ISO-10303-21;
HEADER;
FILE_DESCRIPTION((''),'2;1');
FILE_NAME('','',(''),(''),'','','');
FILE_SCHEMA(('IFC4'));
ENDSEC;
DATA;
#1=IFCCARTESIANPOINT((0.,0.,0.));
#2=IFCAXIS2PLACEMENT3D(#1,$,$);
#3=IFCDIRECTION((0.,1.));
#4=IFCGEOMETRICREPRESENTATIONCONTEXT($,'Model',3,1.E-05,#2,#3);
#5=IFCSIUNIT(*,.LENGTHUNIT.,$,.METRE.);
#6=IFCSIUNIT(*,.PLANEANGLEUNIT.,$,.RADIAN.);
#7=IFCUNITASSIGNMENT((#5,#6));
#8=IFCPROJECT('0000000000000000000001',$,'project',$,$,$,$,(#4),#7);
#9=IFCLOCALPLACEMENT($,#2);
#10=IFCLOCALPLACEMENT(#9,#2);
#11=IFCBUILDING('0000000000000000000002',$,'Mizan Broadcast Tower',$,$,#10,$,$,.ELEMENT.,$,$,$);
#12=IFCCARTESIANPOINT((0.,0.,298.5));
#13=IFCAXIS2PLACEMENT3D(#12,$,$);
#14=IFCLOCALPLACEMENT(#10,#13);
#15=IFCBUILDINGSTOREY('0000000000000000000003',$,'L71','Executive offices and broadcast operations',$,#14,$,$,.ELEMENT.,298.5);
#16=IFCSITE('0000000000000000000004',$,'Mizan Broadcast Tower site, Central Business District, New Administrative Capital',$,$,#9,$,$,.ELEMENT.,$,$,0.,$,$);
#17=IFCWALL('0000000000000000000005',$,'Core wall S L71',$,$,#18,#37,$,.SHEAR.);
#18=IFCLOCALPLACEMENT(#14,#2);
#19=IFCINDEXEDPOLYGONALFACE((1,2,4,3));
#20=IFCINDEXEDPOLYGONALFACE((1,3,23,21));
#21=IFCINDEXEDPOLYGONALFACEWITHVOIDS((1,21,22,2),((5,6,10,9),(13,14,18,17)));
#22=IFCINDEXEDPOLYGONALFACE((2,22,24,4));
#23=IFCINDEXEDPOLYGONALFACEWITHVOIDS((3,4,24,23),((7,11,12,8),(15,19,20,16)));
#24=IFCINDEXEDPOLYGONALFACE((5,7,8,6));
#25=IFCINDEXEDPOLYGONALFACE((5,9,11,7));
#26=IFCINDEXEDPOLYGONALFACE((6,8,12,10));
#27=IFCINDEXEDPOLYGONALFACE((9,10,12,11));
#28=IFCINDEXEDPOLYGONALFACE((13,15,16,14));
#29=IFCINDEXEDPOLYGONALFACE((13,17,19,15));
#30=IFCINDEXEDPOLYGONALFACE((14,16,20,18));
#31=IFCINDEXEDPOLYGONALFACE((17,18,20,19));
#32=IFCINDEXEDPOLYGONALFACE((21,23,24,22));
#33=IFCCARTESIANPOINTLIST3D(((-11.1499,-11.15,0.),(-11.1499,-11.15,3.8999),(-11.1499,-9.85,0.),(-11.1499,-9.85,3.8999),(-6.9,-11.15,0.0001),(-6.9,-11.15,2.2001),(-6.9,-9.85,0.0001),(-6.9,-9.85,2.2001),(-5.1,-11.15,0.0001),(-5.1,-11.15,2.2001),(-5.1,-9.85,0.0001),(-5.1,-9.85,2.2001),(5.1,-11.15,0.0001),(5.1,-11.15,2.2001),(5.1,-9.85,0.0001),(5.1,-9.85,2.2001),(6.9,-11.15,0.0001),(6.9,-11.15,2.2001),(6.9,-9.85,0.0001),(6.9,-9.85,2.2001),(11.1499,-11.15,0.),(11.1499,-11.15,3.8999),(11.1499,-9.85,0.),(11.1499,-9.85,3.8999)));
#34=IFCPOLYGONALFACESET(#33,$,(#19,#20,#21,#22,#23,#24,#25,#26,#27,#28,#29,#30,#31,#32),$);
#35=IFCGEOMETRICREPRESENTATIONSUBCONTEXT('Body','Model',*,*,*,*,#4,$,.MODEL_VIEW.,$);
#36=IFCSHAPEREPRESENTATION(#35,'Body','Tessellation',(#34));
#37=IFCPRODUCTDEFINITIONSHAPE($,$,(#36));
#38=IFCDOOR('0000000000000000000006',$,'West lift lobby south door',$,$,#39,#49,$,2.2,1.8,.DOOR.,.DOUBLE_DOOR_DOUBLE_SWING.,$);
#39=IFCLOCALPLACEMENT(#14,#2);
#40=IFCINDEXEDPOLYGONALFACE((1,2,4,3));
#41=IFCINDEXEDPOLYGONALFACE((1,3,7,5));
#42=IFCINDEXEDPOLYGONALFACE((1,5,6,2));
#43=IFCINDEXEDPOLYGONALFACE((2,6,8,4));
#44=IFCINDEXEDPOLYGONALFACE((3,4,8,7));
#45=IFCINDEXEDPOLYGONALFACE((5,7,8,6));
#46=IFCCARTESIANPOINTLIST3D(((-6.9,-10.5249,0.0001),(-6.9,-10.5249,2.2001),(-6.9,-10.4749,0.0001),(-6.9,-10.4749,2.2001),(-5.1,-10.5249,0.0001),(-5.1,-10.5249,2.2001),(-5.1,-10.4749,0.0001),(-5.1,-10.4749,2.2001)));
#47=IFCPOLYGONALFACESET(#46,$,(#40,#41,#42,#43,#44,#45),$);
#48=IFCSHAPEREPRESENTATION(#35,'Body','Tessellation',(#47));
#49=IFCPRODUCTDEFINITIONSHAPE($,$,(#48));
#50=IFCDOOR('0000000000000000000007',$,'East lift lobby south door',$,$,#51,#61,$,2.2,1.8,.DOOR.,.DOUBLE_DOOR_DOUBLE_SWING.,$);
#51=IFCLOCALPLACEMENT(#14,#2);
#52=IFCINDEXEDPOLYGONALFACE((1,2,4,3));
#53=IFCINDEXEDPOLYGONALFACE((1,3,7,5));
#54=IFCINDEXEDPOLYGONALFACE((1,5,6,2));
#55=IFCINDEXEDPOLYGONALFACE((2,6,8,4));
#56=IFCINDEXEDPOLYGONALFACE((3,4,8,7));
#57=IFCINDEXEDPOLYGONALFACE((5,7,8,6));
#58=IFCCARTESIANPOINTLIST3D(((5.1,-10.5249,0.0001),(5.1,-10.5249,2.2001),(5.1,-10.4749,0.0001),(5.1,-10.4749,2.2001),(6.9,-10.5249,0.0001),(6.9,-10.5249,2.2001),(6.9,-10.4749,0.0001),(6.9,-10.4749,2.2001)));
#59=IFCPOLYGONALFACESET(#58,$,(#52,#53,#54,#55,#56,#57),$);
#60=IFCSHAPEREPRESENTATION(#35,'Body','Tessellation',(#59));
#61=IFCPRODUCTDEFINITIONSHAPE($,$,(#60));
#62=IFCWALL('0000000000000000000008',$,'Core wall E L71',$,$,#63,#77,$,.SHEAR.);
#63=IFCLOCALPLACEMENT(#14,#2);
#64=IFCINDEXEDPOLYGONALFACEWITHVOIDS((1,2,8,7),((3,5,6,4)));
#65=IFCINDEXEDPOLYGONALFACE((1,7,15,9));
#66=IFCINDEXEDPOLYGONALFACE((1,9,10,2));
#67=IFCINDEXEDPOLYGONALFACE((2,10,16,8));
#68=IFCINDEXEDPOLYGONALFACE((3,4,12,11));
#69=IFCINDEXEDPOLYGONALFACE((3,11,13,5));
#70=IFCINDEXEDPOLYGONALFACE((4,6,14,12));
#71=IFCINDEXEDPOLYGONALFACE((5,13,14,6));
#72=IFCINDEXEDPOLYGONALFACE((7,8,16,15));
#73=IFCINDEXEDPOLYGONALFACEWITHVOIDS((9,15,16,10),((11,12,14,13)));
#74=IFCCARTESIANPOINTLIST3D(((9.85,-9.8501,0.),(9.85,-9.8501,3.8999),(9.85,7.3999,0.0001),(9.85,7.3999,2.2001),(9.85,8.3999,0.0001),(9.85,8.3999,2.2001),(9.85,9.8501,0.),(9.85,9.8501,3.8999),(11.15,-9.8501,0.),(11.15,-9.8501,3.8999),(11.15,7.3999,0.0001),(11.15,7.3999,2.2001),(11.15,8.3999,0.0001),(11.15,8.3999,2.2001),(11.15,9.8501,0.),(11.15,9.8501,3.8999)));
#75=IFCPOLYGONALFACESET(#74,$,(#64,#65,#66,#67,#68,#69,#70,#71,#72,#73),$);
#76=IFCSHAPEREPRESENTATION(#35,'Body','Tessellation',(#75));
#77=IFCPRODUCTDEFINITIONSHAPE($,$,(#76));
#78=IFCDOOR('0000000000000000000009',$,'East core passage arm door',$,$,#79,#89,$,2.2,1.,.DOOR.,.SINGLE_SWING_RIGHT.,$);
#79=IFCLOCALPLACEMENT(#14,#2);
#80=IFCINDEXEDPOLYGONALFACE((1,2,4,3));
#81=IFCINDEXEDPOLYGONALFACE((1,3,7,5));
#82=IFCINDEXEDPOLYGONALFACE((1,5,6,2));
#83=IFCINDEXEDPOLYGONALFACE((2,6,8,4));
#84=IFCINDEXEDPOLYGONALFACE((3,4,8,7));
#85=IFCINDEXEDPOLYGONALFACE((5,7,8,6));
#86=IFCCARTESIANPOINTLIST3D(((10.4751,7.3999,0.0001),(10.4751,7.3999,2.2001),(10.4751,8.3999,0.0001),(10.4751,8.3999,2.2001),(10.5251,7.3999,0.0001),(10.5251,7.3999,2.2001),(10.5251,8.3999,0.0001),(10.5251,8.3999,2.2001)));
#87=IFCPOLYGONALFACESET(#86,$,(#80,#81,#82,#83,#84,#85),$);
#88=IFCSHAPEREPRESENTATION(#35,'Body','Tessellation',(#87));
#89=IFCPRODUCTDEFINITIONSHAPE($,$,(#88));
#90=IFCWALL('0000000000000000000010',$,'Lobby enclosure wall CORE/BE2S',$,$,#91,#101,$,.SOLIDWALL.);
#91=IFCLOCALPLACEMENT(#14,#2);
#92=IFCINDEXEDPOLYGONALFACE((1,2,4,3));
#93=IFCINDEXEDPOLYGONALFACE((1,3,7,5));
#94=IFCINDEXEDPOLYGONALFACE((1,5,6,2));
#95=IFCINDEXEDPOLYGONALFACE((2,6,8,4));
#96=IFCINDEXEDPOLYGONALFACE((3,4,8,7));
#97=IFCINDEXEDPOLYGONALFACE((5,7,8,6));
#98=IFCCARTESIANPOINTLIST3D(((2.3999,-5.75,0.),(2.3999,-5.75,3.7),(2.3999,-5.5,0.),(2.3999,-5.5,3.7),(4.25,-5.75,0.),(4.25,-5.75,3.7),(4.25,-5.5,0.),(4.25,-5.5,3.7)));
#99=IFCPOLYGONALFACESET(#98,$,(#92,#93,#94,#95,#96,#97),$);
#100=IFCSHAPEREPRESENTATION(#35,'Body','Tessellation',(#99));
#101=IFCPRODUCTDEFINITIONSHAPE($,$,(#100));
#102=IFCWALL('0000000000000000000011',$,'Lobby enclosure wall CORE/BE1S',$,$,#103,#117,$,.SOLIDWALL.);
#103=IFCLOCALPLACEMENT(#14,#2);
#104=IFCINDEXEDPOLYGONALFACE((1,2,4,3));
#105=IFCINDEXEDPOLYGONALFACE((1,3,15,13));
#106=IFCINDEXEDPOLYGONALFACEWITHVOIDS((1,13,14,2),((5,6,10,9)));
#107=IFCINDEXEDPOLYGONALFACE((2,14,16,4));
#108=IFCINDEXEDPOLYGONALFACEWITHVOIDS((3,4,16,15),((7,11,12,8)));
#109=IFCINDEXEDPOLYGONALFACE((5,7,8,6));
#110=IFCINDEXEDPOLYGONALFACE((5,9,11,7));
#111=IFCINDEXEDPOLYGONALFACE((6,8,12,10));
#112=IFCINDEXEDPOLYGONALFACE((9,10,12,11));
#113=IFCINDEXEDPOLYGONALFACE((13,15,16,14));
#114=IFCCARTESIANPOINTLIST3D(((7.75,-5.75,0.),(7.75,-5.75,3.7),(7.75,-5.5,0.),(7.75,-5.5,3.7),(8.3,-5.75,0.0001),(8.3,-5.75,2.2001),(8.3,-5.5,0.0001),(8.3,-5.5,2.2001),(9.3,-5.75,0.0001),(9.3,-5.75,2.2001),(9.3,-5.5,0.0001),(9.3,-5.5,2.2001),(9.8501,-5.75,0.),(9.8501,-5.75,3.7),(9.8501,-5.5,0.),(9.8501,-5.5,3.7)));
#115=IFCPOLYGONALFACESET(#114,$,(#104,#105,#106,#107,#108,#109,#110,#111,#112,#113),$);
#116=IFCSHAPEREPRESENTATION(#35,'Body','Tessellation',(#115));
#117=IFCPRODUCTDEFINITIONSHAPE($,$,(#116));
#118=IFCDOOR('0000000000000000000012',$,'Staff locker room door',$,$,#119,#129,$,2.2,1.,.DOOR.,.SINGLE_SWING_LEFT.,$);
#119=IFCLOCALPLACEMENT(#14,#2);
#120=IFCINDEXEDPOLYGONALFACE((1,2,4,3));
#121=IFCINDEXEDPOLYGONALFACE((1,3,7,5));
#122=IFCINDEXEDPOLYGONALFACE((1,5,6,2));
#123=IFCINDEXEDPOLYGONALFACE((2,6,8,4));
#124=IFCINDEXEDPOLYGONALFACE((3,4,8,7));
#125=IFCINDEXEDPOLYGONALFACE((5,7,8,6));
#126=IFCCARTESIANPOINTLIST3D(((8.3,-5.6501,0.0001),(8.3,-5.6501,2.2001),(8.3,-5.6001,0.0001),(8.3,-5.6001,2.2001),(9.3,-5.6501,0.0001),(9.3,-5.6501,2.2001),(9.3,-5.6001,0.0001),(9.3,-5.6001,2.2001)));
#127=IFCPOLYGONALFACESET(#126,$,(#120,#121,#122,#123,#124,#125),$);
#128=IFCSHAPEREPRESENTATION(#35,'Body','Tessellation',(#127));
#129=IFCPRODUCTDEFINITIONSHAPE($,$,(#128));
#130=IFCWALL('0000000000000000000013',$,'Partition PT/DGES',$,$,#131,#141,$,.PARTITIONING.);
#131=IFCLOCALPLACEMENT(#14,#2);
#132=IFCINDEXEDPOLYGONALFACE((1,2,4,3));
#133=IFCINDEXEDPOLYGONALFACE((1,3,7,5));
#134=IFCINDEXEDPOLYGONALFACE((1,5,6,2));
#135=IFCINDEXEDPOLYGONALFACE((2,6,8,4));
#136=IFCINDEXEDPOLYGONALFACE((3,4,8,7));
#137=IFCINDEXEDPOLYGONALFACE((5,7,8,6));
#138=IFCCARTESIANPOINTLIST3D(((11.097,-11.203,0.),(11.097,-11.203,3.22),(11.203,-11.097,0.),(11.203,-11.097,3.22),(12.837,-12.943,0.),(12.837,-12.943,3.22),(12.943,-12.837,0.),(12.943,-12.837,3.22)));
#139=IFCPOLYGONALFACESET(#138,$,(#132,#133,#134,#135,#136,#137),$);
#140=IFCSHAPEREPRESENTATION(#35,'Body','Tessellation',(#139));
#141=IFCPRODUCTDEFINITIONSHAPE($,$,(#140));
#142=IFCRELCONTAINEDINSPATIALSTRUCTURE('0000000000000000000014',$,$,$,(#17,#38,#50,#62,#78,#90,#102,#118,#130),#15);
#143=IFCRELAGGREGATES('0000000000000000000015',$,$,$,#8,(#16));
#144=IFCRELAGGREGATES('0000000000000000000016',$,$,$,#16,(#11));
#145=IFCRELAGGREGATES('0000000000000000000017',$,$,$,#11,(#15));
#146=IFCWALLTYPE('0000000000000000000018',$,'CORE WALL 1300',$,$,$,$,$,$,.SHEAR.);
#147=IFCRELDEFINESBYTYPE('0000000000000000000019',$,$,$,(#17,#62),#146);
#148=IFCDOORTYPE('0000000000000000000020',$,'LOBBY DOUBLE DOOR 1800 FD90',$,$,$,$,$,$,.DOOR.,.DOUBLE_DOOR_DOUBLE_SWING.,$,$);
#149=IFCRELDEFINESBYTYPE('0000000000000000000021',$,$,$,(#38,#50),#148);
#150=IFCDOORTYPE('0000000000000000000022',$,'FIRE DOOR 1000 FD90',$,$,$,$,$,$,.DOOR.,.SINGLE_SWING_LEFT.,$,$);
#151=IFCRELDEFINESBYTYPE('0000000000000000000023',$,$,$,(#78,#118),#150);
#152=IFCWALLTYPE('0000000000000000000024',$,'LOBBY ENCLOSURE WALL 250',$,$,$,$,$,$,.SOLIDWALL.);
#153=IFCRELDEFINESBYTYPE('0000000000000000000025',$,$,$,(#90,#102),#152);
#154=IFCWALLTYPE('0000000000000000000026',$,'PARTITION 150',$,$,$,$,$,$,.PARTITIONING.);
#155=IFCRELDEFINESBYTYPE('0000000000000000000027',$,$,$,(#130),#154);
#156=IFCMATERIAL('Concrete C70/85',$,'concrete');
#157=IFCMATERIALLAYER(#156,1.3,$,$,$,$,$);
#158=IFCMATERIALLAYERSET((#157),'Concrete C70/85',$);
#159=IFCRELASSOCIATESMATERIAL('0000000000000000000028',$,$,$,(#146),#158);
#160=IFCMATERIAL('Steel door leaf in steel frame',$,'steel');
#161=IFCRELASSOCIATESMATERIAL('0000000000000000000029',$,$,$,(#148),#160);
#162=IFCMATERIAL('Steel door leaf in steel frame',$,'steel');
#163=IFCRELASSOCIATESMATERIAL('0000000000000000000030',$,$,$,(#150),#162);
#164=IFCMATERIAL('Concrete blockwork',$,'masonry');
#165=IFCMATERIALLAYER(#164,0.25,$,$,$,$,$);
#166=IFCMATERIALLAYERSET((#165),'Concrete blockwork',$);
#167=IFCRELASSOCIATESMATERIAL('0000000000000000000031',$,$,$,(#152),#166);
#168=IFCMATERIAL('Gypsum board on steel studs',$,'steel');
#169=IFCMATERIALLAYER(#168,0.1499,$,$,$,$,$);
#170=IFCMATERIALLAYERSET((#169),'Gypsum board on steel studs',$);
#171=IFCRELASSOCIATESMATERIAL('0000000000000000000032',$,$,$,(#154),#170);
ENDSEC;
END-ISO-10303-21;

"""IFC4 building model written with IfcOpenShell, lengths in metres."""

from ifc_helpers import new_model, si_unit, direction, frame, frame_2d, origin, place, context, subcontext, project, spatial, rectangle, extrude, material, layer, layer_set, type_object, element, fill, save


model = new_model("IFC4")

# Units and contexts
model_context = context("Model", 3, precision=1e-05, world=origin(), true_north=direction((0.0, 1.0)))
body_context = subcontext(model_context, "Body", "Model", "MODEL_VIEW")
ifc_project = project(units=[si_unit("LENGTHUNIT", "METRE"), si_unit("PLANEANGLEUNIT", "RADIAN")], contexts=[model_context])

# Site, building, storey
site_placement = place(None, origin())
site = spatial("IfcSite", under=ifc_project, at=site_placement, Name="Mizan Broadcast Tower site, Central Business District, New Administrative Capital", CompositionType="ELEMENT", RefElevation=0.0)
building_placement = place(site_placement, origin())
building = spatial("IfcBuilding", under=site, at=building_placement, Name="Mizan Broadcast Tower", CompositionType="ELEMENT")
storey_placement = place(building_placement, frame((0.0, 0.0, 298.5)))
storey = spatial("IfcBuildingStorey", under=building, at=storey_placement, Name="L71", Description="Executive offices and broadcast operations", CompositionType="ELEMENT", Elevation=298.5)

# Wall, openings, doors
ifc_material_1 = material(Name="Concrete C70/85", Category="concrete")
ifc_layer_1 = layer(ifc_material_1, 1.3)
ifc_layer_set_1 = layer_set([ifc_layer_1], Name="Concrete C70/85")
wall_type_1 = type_object("IfcWallType", Name="CORE WALL 1300", PredefinedType="SHEAR", material=ifc_layer_set_1)
wall_1_placement = place(storey_placement, frame((11.1499, -10.5, 0.0), z_axis=(0.0, 0.0, 1.0), x_axis=(-1.0, 0.0, 0.0)))
wall_1 = element("IfcWall", 1, at=wall_1_placement, inside=storey, type_object=wall_type_1, Name="Core wall S L71", PredefinedType="SHEAR", context=body_context, shape_type="SweptSolid", body=[
    extrude(rectangle(XDim=22.2998, YDim=1.3, at=frame_2d((11.1499, 0.0))), origin(), (0.0, 0.0, 1.0), 3.8999),
])
opening_1_placement = place(wall_1_placement, frame((16.25, 0.0, 0.0)))
opening_1 = element("IfcOpeningElement", 2, at=opening_1_placement, cuts=wall_1, PredefinedType="OPENING", context=body_context, shape_type="SweptSolid", body=[
    extrude(rectangle(XDim=1.8, YDim=2.2, at=frame_2d((0.8999, 1.1001))), frame((0.0, 0.6599, 0.0), z_axis=(0.0, -1.0, 0.0), x_axis=(1.0, 0.0, 0.0)), (0.0, 0.0, 1.0), 1.3201),
])
opening_2_placement = place(wall_1_placement, frame((4.25, 0.0, 0.0)))
opening_2 = element("IfcOpeningElement", 3, at=opening_2_placement, cuts=wall_1, PredefinedType="OPENING", context=body_context, shape_type="SweptSolid", body=[
    extrude(rectangle(XDim=1.8, YDim=2.2, at=frame_2d((0.8999, 1.1001))), frame((0.0, 0.6599, 0.0), z_axis=(0.0, -1.0, 0.0), x_axis=(1.0, 0.0, 0.0)), (0.0, 0.0, 1.0), 1.3201),
])
ifc_material_2 = material(Name="Steel door leaf in steel frame", Category="steel")
door_type_1 = type_object("IfcDoorType", Name="LOBBY DOUBLE DOOR 1800 FD90", OperationType="DOUBLE_DOOR_DOUBLE_SWING", PredefinedType="DOOR", material=ifc_material_2)
door_1_placement = place(opening_1_placement, origin())
door_1 = element("IfcDoor", 4, at=door_1_placement, inside=storey, type_object=door_type_1, Name="West lift lobby south door", OperationType="DOUBLE_DOOR_DOUBLE_SWING", OverallHeight=2.2, OverallWidth=1.8, PredefinedType="DOOR", context=body_context, shape_type="SweptSolid", body=[
    extrude(rectangle(XDim=1.8, YDim=2.2, at=frame_2d((0.8999, 1.1001))), frame((0.0, 0.0249, 0.0), z_axis=(0.0, -1.0, 0.0), x_axis=(1.0, 0.0, 0.0)), (0.0, 0.0, 1.0), 0.05),
])
fill(opening_1, door_1)
door_2_placement = place(opening_2_placement, origin())
door_2 = element("IfcDoor", 5, at=door_2_placement, inside=storey, type_object=door_type_1, Name="East lift lobby south door", OperationType="DOUBLE_DOOR_DOUBLE_SWING", OverallHeight=2.2, OverallWidth=1.8, PredefinedType="DOOR", context=body_context, shape_type="SweptSolid", body=[
    extrude(rectangle(XDim=1.8, YDim=2.2, at=frame_2d((0.8999, 1.1001))), frame((0.0, 0.0249, 0.0), z_axis=(0.0, -1.0, 0.0), x_axis=(1.0, 0.0, 0.0)), (0.0, 0.0, 1.0), 0.05),
])
fill(opening_2, door_2)

# Wall, opening, door
wall_2_placement = place(storey_placement, frame((10.5, -9.8501, 0.0), z_axis=(0.0, 0.0, 1.0), x_axis=(0.0, 1.0, 0.0)))
wall_2 = element("IfcWall", 6, at=wall_2_placement, inside=storey, type_object=wall_type_1, Name="Core wall E L71", PredefinedType="SHEAR", context=body_context, shape_type="SweptSolid", body=[
    extrude(rectangle(XDim=19.7002, YDim=1.3, at=frame_2d((9.8501, 0.0))), origin(), (0.0, 0.0, 1.0), 3.8999),
])
opening_3_placement = place(wall_2_placement, frame((17.25, 0.0, 0.0)))
opening_3 = element("IfcOpeningElement", 7, at=opening_3_placement, cuts=wall_2, PredefinedType="OPENING", context=body_context, shape_type="SweptSolid", body=[
    extrude(rectangle(XDim=1.0, YDim=2.2, at=frame_2d((0.5, 1.1001))), frame((0.0, 0.6599, 0.0), z_axis=(0.0, -1.0, 0.0), x_axis=(1.0, 0.0, 0.0)), (0.0, 0.0, 1.0), 1.3201),
])
ifc_material_3 = material(Name="Steel door leaf in steel frame", Category="steel")
door_type_2 = type_object("IfcDoorType", Name="FIRE DOOR 1000 FD90", OperationType="SINGLE_SWING_LEFT", PredefinedType="DOOR", material=ifc_material_3)
door_3_placement = place(opening_3_placement, origin())
door_3 = element("IfcDoor", 8, at=door_3_placement, inside=storey, type_object=door_type_2, Name="East core passage arm door", OperationType="SINGLE_SWING_RIGHT", OverallHeight=2.2, OverallWidth=1.0, PredefinedType="DOOR", context=body_context, shape_type="SweptSolid", body=[
    extrude(rectangle(XDim=1.0, YDim=2.2, at=frame_2d((0.5, 1.1001))), frame((0.0, 0.0249, 0.0), z_axis=(0.0, -1.0, 0.0), x_axis=(1.0, 0.0, 0.0)), (0.0, 0.0, 1.0), 0.05),
])
fill(opening_3, door_3)

# Wall
ifc_material_4 = material(Name="Concrete blockwork", Category="masonry")
ifc_layer_2 = layer(ifc_material_4, 0.25)
ifc_layer_set_2 = layer_set([ifc_layer_2], Name="Concrete blockwork")
wall_type_2 = type_object("IfcWallType", Name="LOBBY ENCLOSURE WALL 250", PredefinedType="SOLIDWALL", material=ifc_layer_set_2)
wall_3_placement = place(storey_placement, frame((2.3999, -5.625, 0.0), z_axis=(0.0, 0.0, 1.0), x_axis=(1.0, 0.0, 0.0)))
element("IfcWall", 9, at=wall_3_placement, inside=storey, type_object=wall_type_2, Name="Lobby enclosure wall CORE/BE2S", PredefinedType="SOLIDWALL", context=body_context, shape_type="SweptSolid", body=[
    extrude(rectangle(XDim=1.8501, YDim=0.25, at=frame_2d((0.925, 0.0))), origin(), (0.0, 0.0, 1.0), 3.7),
])

# Wall, opening, door
wall_4_placement = place(storey_placement, frame((7.75, -5.625, 0.0), z_axis=(0.0, 0.0, 1.0), x_axis=(1.0, 0.0, 0.0)))
wall_4 = element("IfcWall", 10, at=wall_4_placement, inside=storey, type_object=wall_type_2, Name="Lobby enclosure wall CORE/BE1S", PredefinedType="SOLIDWALL", context=body_context, shape_type="SweptSolid", body=[
    extrude(rectangle(XDim=2.1001, YDim=0.25, at=frame_2d((1.05, 0.0))), origin(), (0.0, 0.0, 1.0), 3.7),
])
opening_4_placement = place(wall_4_placement, frame((0.55, 0.0, 0.0)))
opening_4 = element("IfcOpeningElement", 11, at=opening_4_placement, cuts=wall_4, PredefinedType="OPENING", context=body_context, shape_type="SweptSolid", body=[
    extrude(rectangle(XDim=1.0, YDim=2.2, at=frame_2d((0.5, 1.1001))), frame((0.0, 0.135, 0.0), z_axis=(0.0, -1.0, 0.0), x_axis=(1.0, 0.0, 0.0)), (0.0, 0.0, 1.0), 0.27),
])
door_4_placement = place(opening_4_placement, origin())
door_4 = element("IfcDoor", 12, at=door_4_placement, inside=storey, type_object=door_type_2, Name="Staff locker room door", OperationType="SINGLE_SWING_LEFT", OverallHeight=2.2, OverallWidth=1.0, PredefinedType="DOOR", context=body_context, shape_type="SweptSolid", body=[
    extrude(rectangle(XDim=1.0, YDim=2.2, at=frame_2d((0.5, 1.1001))), frame((0.0, 0.0249, 0.0), z_axis=(0.0, -1.0, 0.0), x_axis=(1.0, 0.0, 0.0)), (0.0, 0.0, 1.0), 0.05),
])
fill(opening_4, door_4)

# Wall
ifc_material_5 = material(Name="Gypsum board on steel studs", Category="steel")
ifc_layer_3 = layer(ifc_material_5, 0.1499)
ifc_layer_set_3 = layer_set([ifc_layer_3], Name="Gypsum board on steel studs")
wall_type_3 = type_object("IfcWallType", Name="PARTITION 150", PredefinedType="PARTITIONING", material=ifc_layer_set_3)
wall_5_placement = place(storey_placement, frame((11.1499, -11.1499, 0.0), z_axis=(0.0, 0.0, 1.0), x_axis=(0.707107, -0.707107, 0.0)))
element("IfcWall", 13, at=wall_5_placement, inside=storey, type_object=wall_type_3, Name="Partition PT/DGES", PredefinedType="PARTITIONING", context=body_context, shape_type="SweptSolid", body=[
    extrude(rectangle(XDim=2.4607, YDim=0.1499, at=frame_2d((1.2305, 0.0))), origin(), (0.0, 0.0, 1.0), 3.22),
])

save(model, "model.ifc")
